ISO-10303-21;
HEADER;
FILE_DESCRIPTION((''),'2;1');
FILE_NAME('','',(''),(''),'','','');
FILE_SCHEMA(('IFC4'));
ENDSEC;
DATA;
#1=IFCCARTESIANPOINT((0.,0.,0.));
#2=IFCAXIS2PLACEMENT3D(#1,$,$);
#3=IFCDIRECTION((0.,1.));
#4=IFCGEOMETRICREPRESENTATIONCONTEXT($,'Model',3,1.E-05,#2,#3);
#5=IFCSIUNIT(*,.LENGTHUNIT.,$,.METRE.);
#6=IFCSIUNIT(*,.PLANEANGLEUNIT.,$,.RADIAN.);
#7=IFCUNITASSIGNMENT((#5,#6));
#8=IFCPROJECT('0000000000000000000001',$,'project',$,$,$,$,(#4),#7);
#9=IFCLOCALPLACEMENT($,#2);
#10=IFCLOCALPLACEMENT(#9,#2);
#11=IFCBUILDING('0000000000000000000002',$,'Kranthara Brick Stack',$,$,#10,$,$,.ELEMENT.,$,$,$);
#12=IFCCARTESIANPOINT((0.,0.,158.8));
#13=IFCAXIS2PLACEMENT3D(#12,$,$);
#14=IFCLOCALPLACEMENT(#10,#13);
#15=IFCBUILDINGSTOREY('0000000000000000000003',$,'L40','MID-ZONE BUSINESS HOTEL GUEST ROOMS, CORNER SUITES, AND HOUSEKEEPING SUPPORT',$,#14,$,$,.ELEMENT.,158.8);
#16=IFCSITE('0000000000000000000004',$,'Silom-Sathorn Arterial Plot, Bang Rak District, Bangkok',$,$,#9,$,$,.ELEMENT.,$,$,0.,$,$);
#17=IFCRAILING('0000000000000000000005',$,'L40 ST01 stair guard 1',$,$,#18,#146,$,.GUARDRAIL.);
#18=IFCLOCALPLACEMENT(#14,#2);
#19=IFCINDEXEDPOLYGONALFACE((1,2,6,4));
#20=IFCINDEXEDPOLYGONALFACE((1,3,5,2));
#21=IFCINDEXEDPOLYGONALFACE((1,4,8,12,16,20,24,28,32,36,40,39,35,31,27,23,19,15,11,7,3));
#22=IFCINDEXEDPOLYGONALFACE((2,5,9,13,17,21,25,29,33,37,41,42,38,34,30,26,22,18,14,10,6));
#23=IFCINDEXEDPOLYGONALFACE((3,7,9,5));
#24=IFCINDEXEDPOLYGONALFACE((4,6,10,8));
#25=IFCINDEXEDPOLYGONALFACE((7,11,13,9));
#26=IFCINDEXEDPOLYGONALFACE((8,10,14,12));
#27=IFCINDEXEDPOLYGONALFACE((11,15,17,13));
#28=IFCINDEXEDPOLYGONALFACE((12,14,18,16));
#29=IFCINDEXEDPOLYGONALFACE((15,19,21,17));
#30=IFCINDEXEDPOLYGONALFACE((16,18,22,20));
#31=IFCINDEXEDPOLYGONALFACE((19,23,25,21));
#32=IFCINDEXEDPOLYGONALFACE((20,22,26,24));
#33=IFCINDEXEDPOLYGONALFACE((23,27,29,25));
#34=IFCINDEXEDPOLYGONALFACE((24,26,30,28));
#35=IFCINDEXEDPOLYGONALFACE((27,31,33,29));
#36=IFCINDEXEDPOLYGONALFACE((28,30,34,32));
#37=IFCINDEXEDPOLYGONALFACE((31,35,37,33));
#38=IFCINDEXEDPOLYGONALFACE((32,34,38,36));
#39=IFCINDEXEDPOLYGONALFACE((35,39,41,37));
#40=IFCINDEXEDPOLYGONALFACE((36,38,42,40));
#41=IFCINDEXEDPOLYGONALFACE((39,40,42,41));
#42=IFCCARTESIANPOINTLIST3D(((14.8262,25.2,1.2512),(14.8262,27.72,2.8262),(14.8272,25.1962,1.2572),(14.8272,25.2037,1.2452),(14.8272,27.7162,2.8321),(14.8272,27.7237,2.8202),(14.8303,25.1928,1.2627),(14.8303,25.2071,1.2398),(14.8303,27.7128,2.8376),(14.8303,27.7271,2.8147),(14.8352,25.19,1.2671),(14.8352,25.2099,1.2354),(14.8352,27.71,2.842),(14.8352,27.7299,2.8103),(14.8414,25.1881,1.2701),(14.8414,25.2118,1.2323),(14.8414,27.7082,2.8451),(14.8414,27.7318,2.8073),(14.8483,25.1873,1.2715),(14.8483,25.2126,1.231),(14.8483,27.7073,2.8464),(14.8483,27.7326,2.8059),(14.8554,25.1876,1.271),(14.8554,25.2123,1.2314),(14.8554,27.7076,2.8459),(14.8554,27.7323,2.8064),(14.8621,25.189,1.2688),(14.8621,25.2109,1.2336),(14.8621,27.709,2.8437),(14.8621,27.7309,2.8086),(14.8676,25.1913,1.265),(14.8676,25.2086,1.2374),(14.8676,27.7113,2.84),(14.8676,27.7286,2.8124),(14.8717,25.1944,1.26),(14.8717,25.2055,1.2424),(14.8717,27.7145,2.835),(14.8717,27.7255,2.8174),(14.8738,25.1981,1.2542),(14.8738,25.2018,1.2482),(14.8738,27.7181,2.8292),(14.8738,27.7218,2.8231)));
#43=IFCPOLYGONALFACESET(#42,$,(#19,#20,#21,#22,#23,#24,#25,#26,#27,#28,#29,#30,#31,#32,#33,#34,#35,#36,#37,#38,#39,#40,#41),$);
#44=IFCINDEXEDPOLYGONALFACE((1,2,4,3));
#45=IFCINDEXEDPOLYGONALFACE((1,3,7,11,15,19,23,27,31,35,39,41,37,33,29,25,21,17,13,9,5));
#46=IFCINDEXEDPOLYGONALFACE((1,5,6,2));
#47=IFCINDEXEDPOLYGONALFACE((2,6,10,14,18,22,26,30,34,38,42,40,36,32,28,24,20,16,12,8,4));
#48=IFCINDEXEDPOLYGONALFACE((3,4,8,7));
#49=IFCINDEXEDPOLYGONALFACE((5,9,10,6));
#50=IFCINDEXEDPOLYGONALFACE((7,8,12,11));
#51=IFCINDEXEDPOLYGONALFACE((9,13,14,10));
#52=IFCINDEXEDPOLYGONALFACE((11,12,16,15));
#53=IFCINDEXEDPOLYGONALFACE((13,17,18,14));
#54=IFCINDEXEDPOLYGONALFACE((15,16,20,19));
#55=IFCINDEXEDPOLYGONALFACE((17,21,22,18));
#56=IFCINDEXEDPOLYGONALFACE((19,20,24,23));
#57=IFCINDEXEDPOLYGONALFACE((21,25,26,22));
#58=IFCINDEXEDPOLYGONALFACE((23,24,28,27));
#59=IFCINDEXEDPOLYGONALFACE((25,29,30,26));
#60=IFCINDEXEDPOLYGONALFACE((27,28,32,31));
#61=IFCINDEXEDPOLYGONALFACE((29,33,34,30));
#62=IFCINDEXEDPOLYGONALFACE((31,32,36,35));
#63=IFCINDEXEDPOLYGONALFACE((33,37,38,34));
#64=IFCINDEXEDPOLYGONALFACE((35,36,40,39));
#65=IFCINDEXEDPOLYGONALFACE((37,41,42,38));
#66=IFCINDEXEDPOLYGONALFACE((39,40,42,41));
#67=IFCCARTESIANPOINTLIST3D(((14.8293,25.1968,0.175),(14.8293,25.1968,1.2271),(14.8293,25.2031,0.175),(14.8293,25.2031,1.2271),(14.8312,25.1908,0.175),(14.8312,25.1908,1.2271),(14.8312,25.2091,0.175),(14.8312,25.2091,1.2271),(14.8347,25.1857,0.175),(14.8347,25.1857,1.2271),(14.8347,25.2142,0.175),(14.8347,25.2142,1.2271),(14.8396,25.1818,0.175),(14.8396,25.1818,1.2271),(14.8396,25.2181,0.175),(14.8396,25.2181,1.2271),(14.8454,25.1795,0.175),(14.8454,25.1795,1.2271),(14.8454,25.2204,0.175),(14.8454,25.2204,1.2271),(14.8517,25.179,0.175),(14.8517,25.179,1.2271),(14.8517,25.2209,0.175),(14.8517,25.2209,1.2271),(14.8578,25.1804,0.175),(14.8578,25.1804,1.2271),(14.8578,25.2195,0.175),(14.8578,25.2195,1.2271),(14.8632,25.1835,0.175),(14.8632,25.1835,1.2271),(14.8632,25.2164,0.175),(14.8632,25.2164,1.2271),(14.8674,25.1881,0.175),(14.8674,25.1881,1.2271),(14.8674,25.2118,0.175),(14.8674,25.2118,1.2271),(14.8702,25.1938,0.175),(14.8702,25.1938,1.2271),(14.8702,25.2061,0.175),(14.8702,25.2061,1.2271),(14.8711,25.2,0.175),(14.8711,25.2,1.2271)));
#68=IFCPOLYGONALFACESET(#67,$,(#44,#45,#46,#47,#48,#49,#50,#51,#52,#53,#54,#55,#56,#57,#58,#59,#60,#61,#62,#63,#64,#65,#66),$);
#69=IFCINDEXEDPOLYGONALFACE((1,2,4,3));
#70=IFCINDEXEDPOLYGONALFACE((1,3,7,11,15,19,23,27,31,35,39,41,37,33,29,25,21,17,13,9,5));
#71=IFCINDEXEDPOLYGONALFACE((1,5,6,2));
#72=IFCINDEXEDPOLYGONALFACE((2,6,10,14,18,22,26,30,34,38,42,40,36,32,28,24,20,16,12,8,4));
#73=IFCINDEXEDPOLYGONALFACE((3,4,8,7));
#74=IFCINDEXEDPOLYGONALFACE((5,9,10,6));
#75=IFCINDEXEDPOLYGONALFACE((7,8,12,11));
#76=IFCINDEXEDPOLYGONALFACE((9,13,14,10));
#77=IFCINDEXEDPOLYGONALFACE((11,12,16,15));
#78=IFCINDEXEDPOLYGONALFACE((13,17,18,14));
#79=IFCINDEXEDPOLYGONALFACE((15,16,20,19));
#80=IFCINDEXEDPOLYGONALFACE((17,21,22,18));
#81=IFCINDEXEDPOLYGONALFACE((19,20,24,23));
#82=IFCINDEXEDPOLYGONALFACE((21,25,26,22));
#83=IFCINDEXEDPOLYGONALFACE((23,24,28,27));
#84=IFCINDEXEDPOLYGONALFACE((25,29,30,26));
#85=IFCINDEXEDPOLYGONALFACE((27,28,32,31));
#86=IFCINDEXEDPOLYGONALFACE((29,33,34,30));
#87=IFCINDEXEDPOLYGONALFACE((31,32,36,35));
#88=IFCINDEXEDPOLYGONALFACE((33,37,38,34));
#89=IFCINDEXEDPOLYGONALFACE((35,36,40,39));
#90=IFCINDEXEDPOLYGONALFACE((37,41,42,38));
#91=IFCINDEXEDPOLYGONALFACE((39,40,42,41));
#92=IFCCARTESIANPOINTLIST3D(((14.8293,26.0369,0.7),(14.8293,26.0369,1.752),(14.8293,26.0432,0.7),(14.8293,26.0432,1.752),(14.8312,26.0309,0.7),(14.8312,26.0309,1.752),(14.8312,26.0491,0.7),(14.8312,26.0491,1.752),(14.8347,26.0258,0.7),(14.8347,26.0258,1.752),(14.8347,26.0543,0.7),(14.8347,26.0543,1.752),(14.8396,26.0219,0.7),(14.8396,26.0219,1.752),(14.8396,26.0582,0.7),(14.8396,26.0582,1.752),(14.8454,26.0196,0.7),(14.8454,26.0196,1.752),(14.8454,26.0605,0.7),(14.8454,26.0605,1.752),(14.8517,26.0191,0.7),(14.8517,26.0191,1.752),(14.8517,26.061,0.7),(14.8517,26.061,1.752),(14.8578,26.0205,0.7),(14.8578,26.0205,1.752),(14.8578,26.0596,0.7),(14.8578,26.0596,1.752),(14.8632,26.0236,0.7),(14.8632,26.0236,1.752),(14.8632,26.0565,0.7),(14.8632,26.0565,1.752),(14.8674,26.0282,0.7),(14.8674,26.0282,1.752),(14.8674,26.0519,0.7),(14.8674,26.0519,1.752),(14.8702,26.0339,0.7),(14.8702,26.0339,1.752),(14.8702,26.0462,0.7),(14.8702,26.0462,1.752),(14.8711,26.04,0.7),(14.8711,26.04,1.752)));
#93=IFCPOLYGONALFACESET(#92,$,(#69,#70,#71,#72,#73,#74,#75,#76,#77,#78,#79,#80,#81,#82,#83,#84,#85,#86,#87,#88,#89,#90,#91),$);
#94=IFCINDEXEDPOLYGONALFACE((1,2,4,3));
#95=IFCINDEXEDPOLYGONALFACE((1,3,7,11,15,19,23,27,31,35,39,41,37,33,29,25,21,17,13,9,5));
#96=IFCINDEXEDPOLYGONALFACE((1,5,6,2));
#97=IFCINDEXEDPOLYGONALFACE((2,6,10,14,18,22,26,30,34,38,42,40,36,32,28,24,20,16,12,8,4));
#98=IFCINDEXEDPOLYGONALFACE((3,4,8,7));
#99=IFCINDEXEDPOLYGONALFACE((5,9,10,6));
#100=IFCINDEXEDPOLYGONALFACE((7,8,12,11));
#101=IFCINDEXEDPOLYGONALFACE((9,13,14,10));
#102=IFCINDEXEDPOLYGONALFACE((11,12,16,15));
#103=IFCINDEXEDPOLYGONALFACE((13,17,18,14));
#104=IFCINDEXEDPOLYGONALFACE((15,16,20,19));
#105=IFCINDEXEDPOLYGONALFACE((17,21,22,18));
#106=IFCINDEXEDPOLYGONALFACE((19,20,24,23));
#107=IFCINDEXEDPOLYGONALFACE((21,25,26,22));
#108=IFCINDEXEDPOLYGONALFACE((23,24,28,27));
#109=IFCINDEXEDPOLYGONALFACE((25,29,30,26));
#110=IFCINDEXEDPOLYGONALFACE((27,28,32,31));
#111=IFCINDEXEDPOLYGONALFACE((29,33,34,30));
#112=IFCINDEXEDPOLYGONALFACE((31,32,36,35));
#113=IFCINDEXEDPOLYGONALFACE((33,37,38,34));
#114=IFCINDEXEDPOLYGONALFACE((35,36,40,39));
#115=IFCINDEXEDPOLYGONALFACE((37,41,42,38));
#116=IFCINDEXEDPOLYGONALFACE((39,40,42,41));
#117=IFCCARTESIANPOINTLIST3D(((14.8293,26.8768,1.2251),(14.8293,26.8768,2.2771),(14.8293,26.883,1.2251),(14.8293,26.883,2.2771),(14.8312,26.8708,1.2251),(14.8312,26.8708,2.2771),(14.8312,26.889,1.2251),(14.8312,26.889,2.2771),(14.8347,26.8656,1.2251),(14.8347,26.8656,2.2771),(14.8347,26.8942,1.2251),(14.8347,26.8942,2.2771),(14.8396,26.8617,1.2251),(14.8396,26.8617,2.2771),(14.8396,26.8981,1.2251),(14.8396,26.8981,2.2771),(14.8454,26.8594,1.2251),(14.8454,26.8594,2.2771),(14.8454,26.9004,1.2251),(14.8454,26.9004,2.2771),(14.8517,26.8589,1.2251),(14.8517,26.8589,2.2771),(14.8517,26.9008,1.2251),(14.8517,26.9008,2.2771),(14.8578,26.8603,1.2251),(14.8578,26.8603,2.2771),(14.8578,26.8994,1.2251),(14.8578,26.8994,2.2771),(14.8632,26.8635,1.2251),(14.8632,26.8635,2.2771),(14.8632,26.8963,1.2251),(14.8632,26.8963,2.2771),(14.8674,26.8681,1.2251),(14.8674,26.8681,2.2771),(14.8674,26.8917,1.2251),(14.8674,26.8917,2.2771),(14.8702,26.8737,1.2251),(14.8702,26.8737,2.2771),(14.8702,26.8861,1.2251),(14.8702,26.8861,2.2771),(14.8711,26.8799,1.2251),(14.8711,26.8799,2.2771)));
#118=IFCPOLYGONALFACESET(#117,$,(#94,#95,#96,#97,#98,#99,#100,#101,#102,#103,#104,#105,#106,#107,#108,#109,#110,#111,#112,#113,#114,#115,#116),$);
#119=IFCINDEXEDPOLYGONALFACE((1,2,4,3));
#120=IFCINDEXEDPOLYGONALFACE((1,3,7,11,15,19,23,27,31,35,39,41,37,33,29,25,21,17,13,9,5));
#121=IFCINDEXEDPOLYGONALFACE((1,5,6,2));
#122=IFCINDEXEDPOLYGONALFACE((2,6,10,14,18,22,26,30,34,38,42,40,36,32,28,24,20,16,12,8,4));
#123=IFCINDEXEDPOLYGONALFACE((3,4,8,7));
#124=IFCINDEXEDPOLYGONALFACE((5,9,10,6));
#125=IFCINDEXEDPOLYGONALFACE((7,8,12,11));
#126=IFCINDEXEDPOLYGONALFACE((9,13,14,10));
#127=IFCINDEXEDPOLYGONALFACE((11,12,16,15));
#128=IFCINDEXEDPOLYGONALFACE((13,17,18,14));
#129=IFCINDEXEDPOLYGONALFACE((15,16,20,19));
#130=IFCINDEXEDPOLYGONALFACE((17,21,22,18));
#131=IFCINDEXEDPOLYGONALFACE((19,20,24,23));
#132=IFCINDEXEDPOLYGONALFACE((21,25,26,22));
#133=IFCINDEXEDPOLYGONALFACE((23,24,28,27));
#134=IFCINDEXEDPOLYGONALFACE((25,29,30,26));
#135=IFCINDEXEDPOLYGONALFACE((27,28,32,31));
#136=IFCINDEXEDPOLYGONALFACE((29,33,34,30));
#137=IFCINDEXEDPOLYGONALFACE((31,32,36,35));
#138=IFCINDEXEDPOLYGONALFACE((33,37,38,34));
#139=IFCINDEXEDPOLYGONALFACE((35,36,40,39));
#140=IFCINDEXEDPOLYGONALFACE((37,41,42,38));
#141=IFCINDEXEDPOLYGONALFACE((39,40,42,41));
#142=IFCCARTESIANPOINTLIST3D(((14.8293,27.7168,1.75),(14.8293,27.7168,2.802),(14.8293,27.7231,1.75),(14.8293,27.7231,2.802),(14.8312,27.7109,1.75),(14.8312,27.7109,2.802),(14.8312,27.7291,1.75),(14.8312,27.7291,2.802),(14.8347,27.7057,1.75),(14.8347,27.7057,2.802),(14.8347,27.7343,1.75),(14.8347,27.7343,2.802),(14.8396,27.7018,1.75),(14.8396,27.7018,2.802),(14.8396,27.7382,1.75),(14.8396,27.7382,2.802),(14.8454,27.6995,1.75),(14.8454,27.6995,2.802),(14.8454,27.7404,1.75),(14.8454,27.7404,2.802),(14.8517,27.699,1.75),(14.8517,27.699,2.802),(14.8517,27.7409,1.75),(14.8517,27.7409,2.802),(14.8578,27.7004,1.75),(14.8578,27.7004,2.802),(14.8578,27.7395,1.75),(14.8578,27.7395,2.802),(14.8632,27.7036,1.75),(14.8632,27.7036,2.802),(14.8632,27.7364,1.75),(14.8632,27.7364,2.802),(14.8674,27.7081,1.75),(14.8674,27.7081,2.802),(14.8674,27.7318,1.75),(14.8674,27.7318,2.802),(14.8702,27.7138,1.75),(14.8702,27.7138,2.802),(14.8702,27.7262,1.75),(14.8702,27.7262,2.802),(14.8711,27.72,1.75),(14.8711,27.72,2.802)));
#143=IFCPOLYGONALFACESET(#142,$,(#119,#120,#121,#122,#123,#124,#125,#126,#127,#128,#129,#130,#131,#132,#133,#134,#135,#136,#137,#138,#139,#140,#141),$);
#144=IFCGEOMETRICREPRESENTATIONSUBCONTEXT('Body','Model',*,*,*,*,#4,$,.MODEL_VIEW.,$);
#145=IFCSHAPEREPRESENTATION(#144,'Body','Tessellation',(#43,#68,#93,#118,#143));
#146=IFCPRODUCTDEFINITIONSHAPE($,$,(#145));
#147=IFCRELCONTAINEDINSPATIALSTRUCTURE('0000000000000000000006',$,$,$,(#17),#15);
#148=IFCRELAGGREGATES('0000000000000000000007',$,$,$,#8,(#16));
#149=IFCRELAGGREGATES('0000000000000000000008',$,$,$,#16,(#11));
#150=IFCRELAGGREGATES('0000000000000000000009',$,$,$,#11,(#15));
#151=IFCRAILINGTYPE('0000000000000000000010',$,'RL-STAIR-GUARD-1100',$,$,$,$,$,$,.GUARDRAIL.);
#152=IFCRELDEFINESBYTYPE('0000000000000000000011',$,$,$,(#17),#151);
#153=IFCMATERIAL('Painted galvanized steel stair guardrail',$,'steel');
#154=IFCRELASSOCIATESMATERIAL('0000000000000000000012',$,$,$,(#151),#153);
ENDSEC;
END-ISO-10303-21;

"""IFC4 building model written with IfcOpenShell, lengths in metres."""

from ifc_helpers import new_model, si_unit, direction, frame, origin, origin_2d, place, context, subcontext, project, spatial, circle, extrude, material, type_object, element, save


model = new_model("IFC4")

# Units and contexts
model_context = context("Model", 3, precision=1e-05, world=origin(), true_north=direction((0.0, 1.0)))
body_context = subcontext(model_context, "Body", "Model", "MODEL_VIEW")
ifc_project = project(units=[si_unit("LENGTHUNIT", "METRE"), si_unit("PLANEANGLEUNIT", "RADIAN")], contexts=[model_context])

# Site, building, storey
site_placement = place(None, origin())
site = spatial("IfcSite", under=ifc_project, at=site_placement, Name="Silom-Sathorn Arterial Plot, Bang Rak District, Bangkok", CompositionType="ELEMENT", RefElevation=0.0)
building_placement = place(site_placement, origin())
building = spatial("IfcBuilding", under=site, at=building_placement, Name="Kranthara Brick Stack", CompositionType="ELEMENT")
storey_placement = place(building_placement, frame((0.0, 0.0, 158.8)))
storey = spatial("IfcBuildingStorey", under=building, at=storey_placement, Name="L40", Description="MID-ZONE BUSINESS HOTEL GUEST ROOMS, CORNER SUITES, AND HOUSEKEEPING SUPPORT", CompositionType="ELEMENT", Elevation=158.8)

# Railing
ifc_material_1 = material(Name="Painted galvanized steel stair guardrail", Category="steel")
railing_type_1 = type_object("IfcRailingType", Name="RL-STAIR-GUARD-1100", PredefinedType="GUARDRAIL", material=ifc_material_1)
railing_1_placement = place(storey_placement, frame((14.8501, 25.2, 0.175)))
element("IfcRailing", 1, at=railing_1_placement, inside=storey, type_object=railing_type_1, Name="L40 ST01 stair guard 1", PredefinedType="GUARDRAIL", context=body_context, shape_type="SweptSolid", body=[
    extrude(circle(Radius=0.0239, at=origin_2d()), frame((0.0, 0.0, 1.0762), z_axis=(0.0, 0.848008, 0.529984), x_axis=(-1.0, 0.0, 0.0)), (0.0, 0.0, 1.0), 2.9717),
    extrude(circle(Radius=0.021, at=origin_2d()), origin(), (0.0, 0.0, 1.0), 1.052),
    extrude(circle(Radius=0.021, at=origin_2d()), frame((0.0, 0.8401, 0.5249)), (0.0, 0.0, 1.0), 1.052),
    extrude(circle(Radius=0.021, at=origin_2d()), frame((0.0, 1.6799, 1.05)), (0.0, 0.0, 1.0), 1.052),
    extrude(circle(Radius=0.021, at=origin_2d()), frame((0.0, 2.52, 1.575)), (0.0, 0.0, 1.0), 1.052),
])

save(model, "model.ifc")
